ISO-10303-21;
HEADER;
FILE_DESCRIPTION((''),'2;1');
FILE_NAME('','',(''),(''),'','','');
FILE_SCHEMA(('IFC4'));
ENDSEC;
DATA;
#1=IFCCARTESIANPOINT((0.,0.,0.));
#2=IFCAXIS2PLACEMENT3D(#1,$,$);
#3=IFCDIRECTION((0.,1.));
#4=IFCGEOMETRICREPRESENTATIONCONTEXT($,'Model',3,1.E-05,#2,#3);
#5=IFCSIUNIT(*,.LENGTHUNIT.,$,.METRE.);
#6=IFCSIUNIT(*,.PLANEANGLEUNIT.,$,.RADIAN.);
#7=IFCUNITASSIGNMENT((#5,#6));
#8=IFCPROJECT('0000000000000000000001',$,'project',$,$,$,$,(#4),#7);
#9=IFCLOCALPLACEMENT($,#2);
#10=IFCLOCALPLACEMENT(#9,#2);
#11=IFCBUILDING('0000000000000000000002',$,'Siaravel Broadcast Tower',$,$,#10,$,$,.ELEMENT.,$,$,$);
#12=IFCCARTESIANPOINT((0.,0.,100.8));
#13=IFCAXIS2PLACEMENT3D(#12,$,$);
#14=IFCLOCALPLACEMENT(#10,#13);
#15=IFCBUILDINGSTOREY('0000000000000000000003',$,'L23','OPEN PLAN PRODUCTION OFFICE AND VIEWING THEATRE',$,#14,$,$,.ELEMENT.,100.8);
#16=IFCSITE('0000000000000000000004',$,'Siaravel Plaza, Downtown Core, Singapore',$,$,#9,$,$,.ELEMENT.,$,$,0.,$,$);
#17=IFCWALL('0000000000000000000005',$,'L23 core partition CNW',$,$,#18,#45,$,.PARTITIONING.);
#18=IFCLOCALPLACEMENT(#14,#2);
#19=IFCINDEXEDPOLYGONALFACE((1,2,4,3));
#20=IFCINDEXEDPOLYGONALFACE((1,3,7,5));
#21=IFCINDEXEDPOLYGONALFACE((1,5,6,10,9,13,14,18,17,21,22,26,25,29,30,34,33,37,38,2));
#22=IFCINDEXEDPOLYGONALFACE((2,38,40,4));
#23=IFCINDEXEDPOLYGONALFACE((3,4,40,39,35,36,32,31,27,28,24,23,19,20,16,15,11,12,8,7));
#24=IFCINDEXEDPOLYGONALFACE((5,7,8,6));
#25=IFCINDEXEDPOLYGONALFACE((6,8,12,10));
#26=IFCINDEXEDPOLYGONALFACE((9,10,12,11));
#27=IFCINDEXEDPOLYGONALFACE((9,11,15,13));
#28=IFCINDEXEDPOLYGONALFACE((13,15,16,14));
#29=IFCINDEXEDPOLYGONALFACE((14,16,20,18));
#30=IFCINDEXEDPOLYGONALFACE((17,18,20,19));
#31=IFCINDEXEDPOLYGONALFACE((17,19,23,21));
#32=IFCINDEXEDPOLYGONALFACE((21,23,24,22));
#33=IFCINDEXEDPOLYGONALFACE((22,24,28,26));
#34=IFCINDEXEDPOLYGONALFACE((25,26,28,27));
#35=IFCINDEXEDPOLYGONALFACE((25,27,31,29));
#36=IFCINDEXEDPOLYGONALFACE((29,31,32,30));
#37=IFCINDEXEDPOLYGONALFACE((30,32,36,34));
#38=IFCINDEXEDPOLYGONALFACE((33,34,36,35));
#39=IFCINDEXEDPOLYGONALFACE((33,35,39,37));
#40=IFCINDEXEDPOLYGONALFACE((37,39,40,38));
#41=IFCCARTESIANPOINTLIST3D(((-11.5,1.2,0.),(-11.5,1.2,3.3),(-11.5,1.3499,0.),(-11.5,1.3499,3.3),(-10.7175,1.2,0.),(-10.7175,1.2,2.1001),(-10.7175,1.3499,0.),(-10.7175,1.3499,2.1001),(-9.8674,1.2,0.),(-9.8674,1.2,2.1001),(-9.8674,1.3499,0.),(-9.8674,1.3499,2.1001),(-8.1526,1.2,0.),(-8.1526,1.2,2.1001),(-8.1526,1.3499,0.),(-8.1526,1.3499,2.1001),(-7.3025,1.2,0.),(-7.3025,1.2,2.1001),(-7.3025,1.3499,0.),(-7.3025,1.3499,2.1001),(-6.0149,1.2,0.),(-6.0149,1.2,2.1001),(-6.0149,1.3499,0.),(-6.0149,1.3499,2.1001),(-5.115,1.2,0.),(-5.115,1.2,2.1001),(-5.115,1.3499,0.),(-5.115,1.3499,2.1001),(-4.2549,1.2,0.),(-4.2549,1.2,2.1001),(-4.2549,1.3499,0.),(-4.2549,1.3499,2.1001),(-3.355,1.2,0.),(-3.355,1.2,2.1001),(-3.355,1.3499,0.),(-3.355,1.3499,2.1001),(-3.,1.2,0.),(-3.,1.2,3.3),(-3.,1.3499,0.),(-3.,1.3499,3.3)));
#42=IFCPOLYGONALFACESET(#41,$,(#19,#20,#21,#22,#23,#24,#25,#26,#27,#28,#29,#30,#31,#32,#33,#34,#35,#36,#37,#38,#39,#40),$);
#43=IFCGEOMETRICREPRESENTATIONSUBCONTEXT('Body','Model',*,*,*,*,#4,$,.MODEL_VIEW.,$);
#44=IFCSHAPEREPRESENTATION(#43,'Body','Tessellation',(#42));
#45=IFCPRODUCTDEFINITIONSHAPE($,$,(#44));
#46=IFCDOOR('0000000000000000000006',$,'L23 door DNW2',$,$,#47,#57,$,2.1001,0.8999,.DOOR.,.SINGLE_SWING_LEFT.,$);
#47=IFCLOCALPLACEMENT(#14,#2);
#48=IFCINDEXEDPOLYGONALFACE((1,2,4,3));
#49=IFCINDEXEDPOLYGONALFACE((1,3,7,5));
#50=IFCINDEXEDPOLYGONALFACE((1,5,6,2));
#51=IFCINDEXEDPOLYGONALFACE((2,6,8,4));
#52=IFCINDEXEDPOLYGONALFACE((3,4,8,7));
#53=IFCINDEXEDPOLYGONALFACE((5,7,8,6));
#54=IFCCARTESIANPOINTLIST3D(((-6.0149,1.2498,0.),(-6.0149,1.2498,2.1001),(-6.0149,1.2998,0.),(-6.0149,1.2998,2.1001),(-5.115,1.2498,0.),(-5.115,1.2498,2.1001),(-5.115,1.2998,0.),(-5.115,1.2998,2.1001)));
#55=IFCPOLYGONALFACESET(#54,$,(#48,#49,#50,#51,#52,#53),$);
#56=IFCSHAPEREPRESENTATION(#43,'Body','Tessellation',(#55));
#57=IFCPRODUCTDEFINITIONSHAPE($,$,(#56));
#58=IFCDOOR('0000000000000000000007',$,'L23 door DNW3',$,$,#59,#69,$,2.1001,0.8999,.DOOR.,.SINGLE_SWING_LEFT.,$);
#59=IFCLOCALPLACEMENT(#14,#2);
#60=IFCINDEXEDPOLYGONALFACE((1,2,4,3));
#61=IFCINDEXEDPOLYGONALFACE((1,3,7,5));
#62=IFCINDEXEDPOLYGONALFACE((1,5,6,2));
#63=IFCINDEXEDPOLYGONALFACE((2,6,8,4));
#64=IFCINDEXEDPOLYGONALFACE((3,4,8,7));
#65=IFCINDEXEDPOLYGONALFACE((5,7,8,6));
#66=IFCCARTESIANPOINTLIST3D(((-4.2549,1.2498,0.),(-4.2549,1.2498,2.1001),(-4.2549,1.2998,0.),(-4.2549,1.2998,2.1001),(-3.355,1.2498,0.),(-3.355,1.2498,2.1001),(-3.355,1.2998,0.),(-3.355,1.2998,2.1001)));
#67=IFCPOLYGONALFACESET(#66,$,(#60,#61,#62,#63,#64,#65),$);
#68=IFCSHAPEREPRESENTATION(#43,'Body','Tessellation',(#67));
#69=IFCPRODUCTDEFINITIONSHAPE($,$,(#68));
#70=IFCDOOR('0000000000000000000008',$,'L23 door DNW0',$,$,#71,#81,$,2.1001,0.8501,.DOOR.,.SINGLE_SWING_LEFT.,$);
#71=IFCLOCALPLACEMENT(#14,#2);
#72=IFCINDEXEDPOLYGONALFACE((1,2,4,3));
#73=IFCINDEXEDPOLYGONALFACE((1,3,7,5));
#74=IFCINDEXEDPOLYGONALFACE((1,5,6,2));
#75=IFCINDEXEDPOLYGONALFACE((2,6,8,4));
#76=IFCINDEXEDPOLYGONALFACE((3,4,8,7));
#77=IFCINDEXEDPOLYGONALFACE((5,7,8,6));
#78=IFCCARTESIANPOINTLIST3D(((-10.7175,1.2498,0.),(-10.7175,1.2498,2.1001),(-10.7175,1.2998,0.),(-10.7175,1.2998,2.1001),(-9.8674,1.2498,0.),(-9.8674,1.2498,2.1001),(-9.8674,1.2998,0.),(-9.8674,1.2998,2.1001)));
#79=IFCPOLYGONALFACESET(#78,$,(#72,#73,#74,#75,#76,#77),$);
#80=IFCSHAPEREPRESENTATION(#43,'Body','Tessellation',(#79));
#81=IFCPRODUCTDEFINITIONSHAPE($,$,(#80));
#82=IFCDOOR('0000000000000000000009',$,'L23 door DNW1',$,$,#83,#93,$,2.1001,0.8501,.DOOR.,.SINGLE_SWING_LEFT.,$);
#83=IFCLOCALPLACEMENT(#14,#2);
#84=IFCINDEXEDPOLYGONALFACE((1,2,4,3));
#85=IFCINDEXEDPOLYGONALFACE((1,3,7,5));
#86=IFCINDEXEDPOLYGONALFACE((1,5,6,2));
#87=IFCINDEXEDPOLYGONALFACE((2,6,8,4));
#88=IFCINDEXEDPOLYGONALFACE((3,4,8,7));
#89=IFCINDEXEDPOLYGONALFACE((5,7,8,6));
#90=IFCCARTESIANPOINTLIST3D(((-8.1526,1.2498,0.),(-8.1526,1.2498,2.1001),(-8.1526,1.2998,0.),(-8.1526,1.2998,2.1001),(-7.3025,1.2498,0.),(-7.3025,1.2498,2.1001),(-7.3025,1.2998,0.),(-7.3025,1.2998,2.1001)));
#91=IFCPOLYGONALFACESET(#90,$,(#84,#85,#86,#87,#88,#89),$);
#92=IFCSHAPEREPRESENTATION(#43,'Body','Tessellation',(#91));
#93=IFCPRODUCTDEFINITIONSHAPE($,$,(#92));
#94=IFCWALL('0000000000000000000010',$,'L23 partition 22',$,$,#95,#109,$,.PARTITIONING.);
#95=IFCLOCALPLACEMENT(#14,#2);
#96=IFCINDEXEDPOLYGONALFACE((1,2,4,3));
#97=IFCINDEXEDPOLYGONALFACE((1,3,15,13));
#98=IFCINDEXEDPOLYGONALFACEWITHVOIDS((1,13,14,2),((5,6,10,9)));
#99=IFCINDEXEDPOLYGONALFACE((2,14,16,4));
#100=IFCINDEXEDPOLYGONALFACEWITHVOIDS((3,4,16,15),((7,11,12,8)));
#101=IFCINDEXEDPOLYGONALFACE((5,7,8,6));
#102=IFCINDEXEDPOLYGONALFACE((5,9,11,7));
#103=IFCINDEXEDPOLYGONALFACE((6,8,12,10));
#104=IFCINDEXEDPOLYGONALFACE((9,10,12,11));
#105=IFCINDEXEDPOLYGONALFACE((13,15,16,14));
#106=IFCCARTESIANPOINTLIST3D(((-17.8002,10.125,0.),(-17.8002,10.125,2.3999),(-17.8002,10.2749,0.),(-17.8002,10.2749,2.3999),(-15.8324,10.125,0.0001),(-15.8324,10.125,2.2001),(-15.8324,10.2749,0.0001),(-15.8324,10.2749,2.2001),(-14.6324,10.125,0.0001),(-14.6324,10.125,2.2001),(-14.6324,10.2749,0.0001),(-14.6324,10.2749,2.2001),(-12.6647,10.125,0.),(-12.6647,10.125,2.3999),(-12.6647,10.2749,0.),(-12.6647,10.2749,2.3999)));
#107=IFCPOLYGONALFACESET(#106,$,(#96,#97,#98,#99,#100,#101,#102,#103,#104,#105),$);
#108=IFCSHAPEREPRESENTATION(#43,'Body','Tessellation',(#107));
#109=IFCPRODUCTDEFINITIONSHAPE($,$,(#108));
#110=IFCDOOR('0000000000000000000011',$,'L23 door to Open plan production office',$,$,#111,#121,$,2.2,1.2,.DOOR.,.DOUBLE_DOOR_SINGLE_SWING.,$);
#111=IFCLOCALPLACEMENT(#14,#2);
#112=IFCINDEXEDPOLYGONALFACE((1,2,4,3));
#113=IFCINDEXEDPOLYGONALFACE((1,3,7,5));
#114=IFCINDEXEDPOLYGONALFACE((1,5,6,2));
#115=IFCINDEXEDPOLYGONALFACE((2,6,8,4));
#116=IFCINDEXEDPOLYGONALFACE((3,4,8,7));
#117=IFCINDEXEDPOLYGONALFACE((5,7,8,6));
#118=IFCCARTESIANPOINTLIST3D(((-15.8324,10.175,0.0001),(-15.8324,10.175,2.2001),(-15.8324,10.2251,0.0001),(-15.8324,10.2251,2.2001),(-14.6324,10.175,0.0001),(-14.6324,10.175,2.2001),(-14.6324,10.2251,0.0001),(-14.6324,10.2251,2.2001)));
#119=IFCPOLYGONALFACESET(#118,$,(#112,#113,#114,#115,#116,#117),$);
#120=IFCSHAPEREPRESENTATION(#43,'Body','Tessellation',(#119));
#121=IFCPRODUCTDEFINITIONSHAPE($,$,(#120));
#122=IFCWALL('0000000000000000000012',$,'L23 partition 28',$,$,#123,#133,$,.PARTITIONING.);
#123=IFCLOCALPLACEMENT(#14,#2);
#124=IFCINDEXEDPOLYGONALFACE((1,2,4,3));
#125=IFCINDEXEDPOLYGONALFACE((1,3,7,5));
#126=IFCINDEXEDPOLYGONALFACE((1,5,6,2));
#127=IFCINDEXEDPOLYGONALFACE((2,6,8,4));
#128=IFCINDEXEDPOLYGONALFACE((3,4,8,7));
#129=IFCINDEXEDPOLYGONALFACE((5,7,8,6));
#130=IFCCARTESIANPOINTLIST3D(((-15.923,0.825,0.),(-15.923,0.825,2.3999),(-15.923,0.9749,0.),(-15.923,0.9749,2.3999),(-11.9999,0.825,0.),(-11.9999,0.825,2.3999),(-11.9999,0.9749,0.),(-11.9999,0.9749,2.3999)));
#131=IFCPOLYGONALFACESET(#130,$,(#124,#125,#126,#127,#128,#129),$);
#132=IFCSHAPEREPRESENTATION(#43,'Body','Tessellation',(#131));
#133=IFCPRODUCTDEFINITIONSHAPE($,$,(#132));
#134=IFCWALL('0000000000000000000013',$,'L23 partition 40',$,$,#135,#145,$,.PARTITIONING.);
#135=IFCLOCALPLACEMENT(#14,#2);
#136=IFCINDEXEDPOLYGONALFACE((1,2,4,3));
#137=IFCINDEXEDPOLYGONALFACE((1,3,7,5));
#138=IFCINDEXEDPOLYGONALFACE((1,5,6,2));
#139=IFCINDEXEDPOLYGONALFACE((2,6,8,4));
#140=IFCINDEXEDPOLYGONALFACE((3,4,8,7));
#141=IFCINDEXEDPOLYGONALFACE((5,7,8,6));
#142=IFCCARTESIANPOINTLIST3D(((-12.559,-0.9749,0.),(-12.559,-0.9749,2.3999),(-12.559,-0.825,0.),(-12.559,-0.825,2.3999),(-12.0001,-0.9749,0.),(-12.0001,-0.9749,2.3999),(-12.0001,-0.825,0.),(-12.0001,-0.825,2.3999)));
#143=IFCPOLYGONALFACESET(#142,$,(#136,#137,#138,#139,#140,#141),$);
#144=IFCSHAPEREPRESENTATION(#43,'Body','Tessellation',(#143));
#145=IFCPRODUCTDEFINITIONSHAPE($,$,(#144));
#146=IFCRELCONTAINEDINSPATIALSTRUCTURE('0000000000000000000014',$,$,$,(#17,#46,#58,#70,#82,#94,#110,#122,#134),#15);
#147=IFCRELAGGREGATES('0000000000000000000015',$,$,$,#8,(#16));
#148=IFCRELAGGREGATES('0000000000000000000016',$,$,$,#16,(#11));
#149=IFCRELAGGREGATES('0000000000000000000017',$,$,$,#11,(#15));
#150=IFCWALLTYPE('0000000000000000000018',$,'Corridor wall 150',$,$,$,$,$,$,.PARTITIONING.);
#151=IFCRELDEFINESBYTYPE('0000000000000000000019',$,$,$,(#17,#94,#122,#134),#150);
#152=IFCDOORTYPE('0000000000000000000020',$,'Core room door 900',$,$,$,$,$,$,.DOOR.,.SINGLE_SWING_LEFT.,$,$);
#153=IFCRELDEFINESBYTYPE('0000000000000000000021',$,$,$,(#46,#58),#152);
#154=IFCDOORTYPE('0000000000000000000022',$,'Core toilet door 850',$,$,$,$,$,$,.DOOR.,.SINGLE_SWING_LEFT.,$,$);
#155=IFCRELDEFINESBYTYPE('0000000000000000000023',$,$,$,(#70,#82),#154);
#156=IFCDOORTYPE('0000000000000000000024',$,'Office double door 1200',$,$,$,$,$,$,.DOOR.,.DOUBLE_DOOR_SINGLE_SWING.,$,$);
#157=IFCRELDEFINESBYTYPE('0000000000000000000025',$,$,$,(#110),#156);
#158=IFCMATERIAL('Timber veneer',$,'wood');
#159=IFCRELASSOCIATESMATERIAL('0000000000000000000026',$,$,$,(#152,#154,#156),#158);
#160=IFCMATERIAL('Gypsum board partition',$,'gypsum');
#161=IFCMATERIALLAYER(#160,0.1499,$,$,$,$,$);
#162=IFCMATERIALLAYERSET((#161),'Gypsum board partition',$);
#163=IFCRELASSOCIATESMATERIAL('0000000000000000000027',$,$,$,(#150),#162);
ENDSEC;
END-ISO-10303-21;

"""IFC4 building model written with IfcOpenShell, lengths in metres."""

from ifc_helpers import new_model, si_unit, direction, frame, frame_2d, origin, place, context, subcontext, project, spatial, rectangle, extrude, material, layer, layer_set, type_object, element, fill, save


model = new_model("IFC4")

# Units and contexts
model_context = context("Model", 3, precision=1e-05, world=origin(), true_north=direction((0.0, 1.0)))
body_context = subcontext(model_context, "Body", "Model", "MODEL_VIEW")
ifc_project = project(units=[si_unit("LENGTHUNIT", "METRE"), si_unit("PLANEANGLEUNIT", "RADIAN")], contexts=[model_context])

# Site, building, storey
site_placement = place(None, origin())
site = spatial("IfcSite", under=ifc_project, at=site_placement, Name="Siaravel Plaza, Downtown Core, Singapore", CompositionType="ELEMENT", RefElevation=0.0)
building_placement = place(site_placement, origin())
building = spatial("IfcBuilding", under=site, at=building_placement, Name="Siaravel Broadcast Tower", CompositionType="ELEMENT")
storey_placement = place(building_placement, frame((0.0, 0.0, 100.8)))
storey = spatial("IfcBuildingStorey", under=building, at=storey_placement, Name="L23", Description="OPEN PLAN PRODUCTION OFFICE AND VIEWING THEATRE", CompositionType="ELEMENT", Elevation=100.8)

# Wall, openings, doors
ifc_material_1 = material(Name="Timber veneer", Category="wood")
door_type_1 = type_object("IfcDoorType", Name="Core room door 900", OperationType="SINGLE_SWING_LEFT", PredefinedType="DOOR", material=ifc_material_1)
ifc_material_2 = material(Name="Gypsum board partition", Category="gypsum")
ifc_layer_1 = layer(ifc_material_2, 0.1499)
ifc_layer_set_1 = layer_set([ifc_layer_1], Name="Gypsum board partition")
wall_type_1 = type_object("IfcWallType", Name="Corridor wall 150", PredefinedType="PARTITIONING", material=ifc_layer_set_1)
wall_1_placement = place(storey_placement, frame((-11.5, 1.2749, 0.0), z_axis=(0.0, 0.0, 1.0), x_axis=(1.0, 0.0, 0.0)))
wall_1 = element("IfcWall", 1, at=wall_1_placement, inside=storey, type_object=wall_type_1, Name="L23 core partition CNW", PredefinedType="PARTITIONING", context=body_context, shape_type="SweptSolid", body=[
    extrude(rectangle(XDim=8.5, YDim=0.1499, at=frame_2d((4.25, 0.0))), origin(), (0.0, 0.0, 1.0), 3.3),
])
opening_1_placement = place(wall_1_placement, frame((0.7825, 0.0, 0.0)))
opening_1 = element("IfcOpeningElement", 2, at=opening_1_placement, cuts=wall_1, PredefinedType="OPENING", context=body_context, shape_type="SweptSolid", body=[
    extrude(rectangle(XDim=0.8501, YDim=2.1001, at=frame_2d((0.425, 1.05))), frame((0.0, 0.085, 0.0), z_axis=(0.0, -1.0, 0.0), x_axis=(1.0, 0.0, 0.0)), (0.0, 0.0, 1.0), 0.1699),
])
opening_2_placement = place(wall_1_placement, frame((3.3474, 0.0, 0.0)))
opening_2 = element("IfcOpeningElement", 3, at=opening_2_placement, cuts=wall_1, PredefinedType="OPENING", context=body_context, shape_type="SweptSolid", body=[
    extrude(rectangle(XDim=0.8501, YDim=2.1001, at=frame_2d((0.425, 1.05))), frame((0.0, 0.085, 0.0), z_axis=(0.0, -1.0, 0.0), x_axis=(1.0, 0.0, 0.0)), (0.0, 0.0, 1.0), 0.1699),
])
opening_3_placement = place(wall_1_placement, frame((5.4851, 0.0, 0.0)))
opening_3 = element("IfcOpeningElement", 4, at=opening_3_placement, cuts=wall_1, PredefinedType="OPENING", context=body_context, shape_type="SweptSolid", body=[
    extrude(rectangle(XDim=0.8999, YDim=2.1001, at=frame_2d((0.45, 1.05))), frame((0.0, 0.085, 0.0), z_axis=(0.0, -1.0, 0.0), x_axis=(1.0, 0.0, 0.0)), (0.0, 0.0, 1.0), 0.1699),
])
opening_4_placement = place(wall_1_placement, frame((7.2451, 0.0, 0.0)))
opening_4 = element("IfcOpeningElement", 5, at=opening_4_placement, cuts=wall_1, PredefinedType="OPENING", context=body_context, shape_type="SweptSolid", body=[
    extrude(rectangle(XDim=0.8999, YDim=2.1001, at=frame_2d((0.45, 1.05))), frame((0.0, 0.085, 0.0), z_axis=(0.0, -1.0, 0.0), x_axis=(1.0, 0.0, 0.0)), (0.0, 0.0, 1.0), 0.1699),
])
door_1_placement = place(opening_3_placement, origin())
door_1 = element("IfcDoor", 6, at=door_1_placement, inside=storey, type_object=door_type_1, Name="L23 door DNW2", OperationType="SINGLE_SWING_LEFT", OverallHeight=2.1001, OverallWidth=0.8999, PredefinedType="DOOR", context=body_context, shape_type="SweptSolid", body=[
    extrude(rectangle(XDim=0.8999, YDim=2.1001, at=frame_2d((0.45, 1.05))), frame((0.0, 0.0249, 0.0), z_axis=(0.0, -1.0, 0.0), x_axis=(1.0, 0.0, 0.0)), (0.0, 0.0, 1.0), 0.05),
])
fill(opening_3, door_1)
door_2_placement = place(opening_4_placement, origin())
door_2 = element("IfcDoor", 7, at=door_2_placement, inside=storey, type_object=door_type_1, Name="L23 door DNW3", OperationType="SINGLE_SWING_LEFT", OverallHeight=2.1001, OverallWidth=0.8999, PredefinedType="DOOR", context=body_context, shape_type="SweptSolid", body=[
    extrude(rectangle(XDim=0.8999, YDim=2.1001, at=frame_2d((0.45, 1.05))), frame((0.0, 0.0249, 0.0), z_axis=(0.0, -1.0, 0.0), x_axis=(1.0, 0.0, 0.0)), (0.0, 0.0, 1.0), 0.05),
])
fill(opening_4, door_2)
door_type_2 = type_object("IfcDoorType", Name="Core toilet door 850", OperationType="SINGLE_SWING_LEFT", PredefinedType="DOOR", material=ifc_material_1)
door_3_placement = place(opening_1_placement, origin())
door_3 = element("IfcDoor", 8, at=door_3_placement, inside=storey, type_object=door_type_2, Name="L23 door DNW0", OperationType="SINGLE_SWING_LEFT", OverallHeight=2.1001, OverallWidth=0.8501, PredefinedType="DOOR", context=body_context, shape_type="SweptSolid", body=[
    extrude(rectangle(XDim=0.8501, YDim=2.1001, at=frame_2d((0.425, 1.05))), frame((0.0, 0.0249, 0.0), z_axis=(0.0, -1.0, 0.0), x_axis=(1.0, 0.0, 0.0)), (0.0, 0.0, 1.0), 0.05),
])
fill(opening_1, door_3)
door_4_placement = place(opening_2_placement, origin())
door_4 = element("IfcDoor", 9, at=door_4_placement, inside=storey, type_object=door_type_2, Name="L23 door DNW1", OperationType="SINGLE_SWING_LEFT", OverallHeight=2.1001, OverallWidth=0.8501, PredefinedType="DOOR", context=body_context, shape_type="SweptSolid", body=[
    extrude(rectangle(XDim=0.8501, YDim=2.1001, at=frame_2d((0.425, 1.05))), frame((0.0, 0.0249, 0.0), z_axis=(0.0, -1.0, 0.0), x_axis=(1.0, 0.0, 0.0)), (0.0, 0.0, 1.0), 0.05),
])
fill(opening_2, door_4)

# Wall, opening, door
wall_2_placement = place(storey_placement, frame((-12.6646, 10.2, 0.0), z_axis=(0.0, 0.0, 1.0), x_axis=(-1.0, 0.0, 0.0)))
wall_2 = element("IfcWall", 10, at=wall_2_placement, inside=storey, type_object=wall_type_1, Name="L23 partition 22", PredefinedType="PARTITIONING", context=body_context, shape_type="SweptSolid", body=[
    extrude(rectangle(XDim=5.1355, YDim=0.1499, at=frame_2d((2.5679, 0.0))), origin(), (0.0, 0.0, 1.0), 2.3999),
])
opening_5_placement = place(wall_2_placement, frame((1.9678, 0.0, 0.0)))
opening_5 = element("IfcOpeningElement", 11, at=opening_5_placement, cuts=wall_2, PredefinedType="OPENING", context=body_context, shape_type="SweptSolid", body=[
    extrude(rectangle(XDim=1.2, YDim=2.2, at=frame_2d((0.6001, 1.1001))), frame((0.0, 0.085, 0.0), z_axis=(0.0, -1.0, 0.0), x_axis=(1.0, 0.0, 0.0)), (0.0, 0.0, 1.0), 0.1699),
])
door_type_3 = type_object("IfcDoorType", Name="Office double door 1200", OperationType="DOUBLE_DOOR_SINGLE_SWING", PredefinedType="DOOR", material=ifc_material_1)
door_5_placement = place(opening_5_placement, origin())
door_5 = element("IfcDoor", 12, at=door_5_placement, inside=storey, type_object=door_type_3, Name="L23 door to Open plan production office", OperationType="DOUBLE_DOOR_SINGLE_SWING", OverallHeight=2.2, OverallWidth=1.2, PredefinedType="DOOR", context=body_context, shape_type="SweptSolid", body=[
    extrude(rectangle(XDim=1.2, YDim=2.2, at=frame_2d((0.6001, 1.1001))), frame((0.0, 0.0249, 0.0), z_axis=(0.0, -1.0, 0.0), x_axis=(1.0, 0.0, 0.0)), (0.0, 0.0, 1.0), 0.05),
])
fill(opening_5, door_5)

# Walls
wall_3_placement = place(storey_placement, frame((-12.0, 0.8999, 0.0), z_axis=(0.0, 0.0, 1.0), x_axis=(-1.0, 0.0, 0.0)))
element("IfcWall", 13, at=wall_3_placement, inside=storey, type_object=wall_type_1, Name="L23 partition 28", PredefinedType="PARTITIONING", context=body_context, shape_type="SweptSolid", body=[
    extrude(rectangle(XDim=3.9231, YDim=0.1499, at=frame_2d((1.9614, 0.0))), origin(), (0.0, 0.0, 1.0), 2.3999),
])
wall_4_placement = place(storey_placement, frame((-12.5588, -0.8999, 0.0), z_axis=(0.0, 0.0, 1.0), x_axis=(1.0, 0.0, 0.0)))
element("IfcWall", 14, at=wall_4_placement, inside=storey, type_object=wall_type_1, Name="L23 partition 40", PredefinedType="PARTITIONING", context=body_context, shape_type="SweptSolid", body=[
    extrude(rectangle(XDim=0.5588, YDim=0.1499, at=frame_2d((0.2793, 0.0))), origin(), (0.0, 0.0, 1.0), 2.3999),
])

save(model, "model.ifc")
